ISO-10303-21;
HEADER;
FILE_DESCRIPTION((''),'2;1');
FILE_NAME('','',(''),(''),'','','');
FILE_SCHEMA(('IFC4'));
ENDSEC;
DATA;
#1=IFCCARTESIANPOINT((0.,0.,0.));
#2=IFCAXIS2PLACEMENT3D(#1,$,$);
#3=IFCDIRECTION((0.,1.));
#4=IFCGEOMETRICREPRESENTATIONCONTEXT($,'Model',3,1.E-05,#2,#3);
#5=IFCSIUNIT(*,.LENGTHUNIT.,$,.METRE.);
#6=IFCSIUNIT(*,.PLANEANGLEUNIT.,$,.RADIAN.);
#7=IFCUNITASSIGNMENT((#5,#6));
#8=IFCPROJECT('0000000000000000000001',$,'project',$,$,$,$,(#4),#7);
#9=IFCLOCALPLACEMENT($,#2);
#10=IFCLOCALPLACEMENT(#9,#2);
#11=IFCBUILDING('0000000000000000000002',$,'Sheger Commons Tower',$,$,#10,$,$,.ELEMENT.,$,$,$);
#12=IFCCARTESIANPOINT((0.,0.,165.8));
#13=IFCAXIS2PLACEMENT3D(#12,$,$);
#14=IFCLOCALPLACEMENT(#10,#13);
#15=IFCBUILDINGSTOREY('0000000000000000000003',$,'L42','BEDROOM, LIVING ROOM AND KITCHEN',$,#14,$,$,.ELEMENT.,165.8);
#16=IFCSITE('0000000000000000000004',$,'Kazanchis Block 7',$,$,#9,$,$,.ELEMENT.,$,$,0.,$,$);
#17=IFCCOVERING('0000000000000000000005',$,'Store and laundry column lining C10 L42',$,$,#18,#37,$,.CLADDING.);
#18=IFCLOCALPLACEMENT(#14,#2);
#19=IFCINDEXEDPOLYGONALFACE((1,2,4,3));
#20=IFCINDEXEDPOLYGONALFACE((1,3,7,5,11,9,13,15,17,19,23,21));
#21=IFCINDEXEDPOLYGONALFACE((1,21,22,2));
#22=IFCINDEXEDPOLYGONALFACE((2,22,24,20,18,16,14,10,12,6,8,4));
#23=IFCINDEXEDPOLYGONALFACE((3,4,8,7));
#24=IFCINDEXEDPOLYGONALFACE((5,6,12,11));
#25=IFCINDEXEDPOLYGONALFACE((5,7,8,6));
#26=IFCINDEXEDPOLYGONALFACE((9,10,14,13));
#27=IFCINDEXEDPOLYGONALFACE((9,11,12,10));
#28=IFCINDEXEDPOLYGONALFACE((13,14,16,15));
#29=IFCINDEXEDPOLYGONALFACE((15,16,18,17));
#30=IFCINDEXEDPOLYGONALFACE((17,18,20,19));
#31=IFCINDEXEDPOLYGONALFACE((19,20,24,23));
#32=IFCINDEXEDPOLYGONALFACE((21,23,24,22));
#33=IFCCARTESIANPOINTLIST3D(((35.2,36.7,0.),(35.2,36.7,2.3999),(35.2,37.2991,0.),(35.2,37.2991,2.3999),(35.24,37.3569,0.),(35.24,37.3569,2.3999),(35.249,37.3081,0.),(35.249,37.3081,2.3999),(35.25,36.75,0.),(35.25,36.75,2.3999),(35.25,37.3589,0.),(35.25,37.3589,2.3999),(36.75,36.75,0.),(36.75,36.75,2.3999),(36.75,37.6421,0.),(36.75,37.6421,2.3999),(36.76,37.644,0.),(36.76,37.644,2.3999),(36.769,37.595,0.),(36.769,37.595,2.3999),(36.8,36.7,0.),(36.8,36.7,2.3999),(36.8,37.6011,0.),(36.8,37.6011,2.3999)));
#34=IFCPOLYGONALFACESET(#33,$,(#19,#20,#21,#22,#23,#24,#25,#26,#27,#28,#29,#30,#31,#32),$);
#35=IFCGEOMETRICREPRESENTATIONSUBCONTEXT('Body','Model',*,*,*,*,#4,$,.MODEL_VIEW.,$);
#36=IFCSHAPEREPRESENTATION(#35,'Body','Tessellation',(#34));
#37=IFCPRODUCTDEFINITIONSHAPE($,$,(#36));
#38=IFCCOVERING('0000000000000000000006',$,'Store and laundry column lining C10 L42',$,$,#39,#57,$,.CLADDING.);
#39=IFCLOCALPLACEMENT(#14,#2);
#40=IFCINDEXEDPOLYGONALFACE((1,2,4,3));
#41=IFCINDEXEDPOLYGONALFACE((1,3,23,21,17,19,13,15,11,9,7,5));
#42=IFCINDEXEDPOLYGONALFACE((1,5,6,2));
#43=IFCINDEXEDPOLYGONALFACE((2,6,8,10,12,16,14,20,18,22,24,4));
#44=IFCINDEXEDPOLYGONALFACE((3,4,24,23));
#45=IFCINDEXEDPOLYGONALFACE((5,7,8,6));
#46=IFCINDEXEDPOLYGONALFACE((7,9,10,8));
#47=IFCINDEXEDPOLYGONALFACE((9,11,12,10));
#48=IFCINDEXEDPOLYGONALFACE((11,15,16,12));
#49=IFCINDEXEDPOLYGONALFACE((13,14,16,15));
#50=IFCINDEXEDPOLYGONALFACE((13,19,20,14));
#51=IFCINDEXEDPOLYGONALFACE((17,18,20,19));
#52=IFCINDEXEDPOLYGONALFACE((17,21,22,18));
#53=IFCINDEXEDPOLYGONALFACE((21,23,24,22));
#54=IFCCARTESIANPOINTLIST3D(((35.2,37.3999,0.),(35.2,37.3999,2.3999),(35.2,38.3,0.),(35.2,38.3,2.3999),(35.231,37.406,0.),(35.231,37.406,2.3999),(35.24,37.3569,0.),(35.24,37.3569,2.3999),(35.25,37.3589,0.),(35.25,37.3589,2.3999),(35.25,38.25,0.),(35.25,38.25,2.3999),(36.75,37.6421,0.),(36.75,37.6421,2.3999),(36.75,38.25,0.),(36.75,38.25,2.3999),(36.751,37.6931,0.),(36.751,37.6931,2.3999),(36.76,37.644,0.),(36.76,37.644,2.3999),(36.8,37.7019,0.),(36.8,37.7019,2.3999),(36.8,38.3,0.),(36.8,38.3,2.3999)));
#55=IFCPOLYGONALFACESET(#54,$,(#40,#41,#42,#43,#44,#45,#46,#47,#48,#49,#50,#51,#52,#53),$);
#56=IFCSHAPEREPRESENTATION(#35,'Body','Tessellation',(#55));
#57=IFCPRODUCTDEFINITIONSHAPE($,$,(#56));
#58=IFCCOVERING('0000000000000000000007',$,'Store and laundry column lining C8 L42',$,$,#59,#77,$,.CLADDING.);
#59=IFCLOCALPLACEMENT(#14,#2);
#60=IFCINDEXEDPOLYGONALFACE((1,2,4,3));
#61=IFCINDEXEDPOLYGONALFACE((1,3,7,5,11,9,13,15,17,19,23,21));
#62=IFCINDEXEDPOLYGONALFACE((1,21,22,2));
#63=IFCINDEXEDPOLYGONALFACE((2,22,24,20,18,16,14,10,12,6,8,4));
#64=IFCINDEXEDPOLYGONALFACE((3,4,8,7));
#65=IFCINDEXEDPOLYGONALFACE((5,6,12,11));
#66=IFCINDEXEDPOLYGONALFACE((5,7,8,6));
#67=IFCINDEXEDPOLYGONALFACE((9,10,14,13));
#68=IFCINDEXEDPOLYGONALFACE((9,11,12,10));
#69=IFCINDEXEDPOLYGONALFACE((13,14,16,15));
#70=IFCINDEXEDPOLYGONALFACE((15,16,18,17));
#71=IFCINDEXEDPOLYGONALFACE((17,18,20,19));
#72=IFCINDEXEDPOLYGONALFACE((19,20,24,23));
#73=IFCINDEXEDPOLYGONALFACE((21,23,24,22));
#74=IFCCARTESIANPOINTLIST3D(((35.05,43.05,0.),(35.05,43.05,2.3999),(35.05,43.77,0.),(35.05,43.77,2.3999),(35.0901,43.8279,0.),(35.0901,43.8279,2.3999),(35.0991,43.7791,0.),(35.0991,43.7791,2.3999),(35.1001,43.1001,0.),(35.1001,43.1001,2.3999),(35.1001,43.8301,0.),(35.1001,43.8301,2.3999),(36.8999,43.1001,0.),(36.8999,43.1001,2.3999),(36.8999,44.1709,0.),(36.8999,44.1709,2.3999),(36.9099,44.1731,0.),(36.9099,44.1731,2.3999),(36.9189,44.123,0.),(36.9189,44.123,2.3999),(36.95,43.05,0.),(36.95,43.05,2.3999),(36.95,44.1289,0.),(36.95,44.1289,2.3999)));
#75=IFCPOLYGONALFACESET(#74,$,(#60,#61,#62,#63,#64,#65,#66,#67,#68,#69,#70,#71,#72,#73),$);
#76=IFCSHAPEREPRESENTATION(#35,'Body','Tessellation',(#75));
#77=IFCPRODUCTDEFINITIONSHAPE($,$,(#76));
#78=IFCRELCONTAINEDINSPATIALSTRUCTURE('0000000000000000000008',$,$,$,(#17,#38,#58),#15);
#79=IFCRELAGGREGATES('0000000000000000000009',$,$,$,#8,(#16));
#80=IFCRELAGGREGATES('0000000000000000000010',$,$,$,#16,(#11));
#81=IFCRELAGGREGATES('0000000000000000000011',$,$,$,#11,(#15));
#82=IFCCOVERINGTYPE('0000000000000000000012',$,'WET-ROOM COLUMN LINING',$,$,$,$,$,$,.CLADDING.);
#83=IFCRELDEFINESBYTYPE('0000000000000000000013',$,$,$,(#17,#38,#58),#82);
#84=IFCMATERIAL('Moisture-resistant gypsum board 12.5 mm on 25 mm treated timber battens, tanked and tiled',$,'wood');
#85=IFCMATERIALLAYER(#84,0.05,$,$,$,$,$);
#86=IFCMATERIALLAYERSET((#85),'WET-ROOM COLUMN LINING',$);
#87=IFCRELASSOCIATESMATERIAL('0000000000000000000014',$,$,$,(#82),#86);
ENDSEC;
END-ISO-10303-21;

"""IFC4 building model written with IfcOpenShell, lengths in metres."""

from ifc_helpers import new_model, si_unit, direction, frame, origin, place, context, subcontext, project, spatial, polyline, outline, extrude, material, layer, layer_set, type_object, element, save


model = new_model("IFC4")

# Units and contexts
model_context = context("Model", 3, precision=1e-05, world=origin(), true_north=direction((0.0, 1.0)))
body_context = subcontext(model_context, "Body", "Model", "MODEL_VIEW")
ifc_project = project(units=[si_unit("LENGTHUNIT", "METRE"), si_unit("PLANEANGLEUNIT", "RADIAN")], contexts=[model_context])

# Site, building, storey
site_placement = place(None, origin())
site = spatial("IfcSite", under=ifc_project, at=site_placement, Name="Kazanchis Block 7", CompositionType="ELEMENT", RefElevation=0.0)
building_placement = place(site_placement, origin())
building = spatial("IfcBuilding", under=site, at=building_placement, Name="Sheger Commons Tower", CompositionType="ELEMENT")
storey_placement = place(building_placement, frame((0.0, 0.0, 165.8)))
storey = spatial("IfcBuildingStorey", under=building, at=storey_placement, Name="L42", Description="BEDROOM, LIVING ROOM AND KITCHEN", CompositionType="ELEMENT", Elevation=165.8)

# Coverings
ifc_material_1 = material(Name="Moisture-resistant gypsum board 12.5 mm on 25 mm treated timber battens, tanked and tiled", Category="wood")
ifc_layer_1 = layer(ifc_material_1, 0.05)
ifc_layer_set_1 = layer_set([ifc_layer_1], Name="WET-ROOM COLUMN LINING")
covering_type_1 = type_object("IfcCoveringType", Name="WET-ROOM COLUMN LINING", PredefinedType="CLADDING", material=ifc_layer_set_1)
covering_1_placement = place(storey_placement, origin())
element("IfcCovering", 1, at=covering_1_placement, inside=storey, type_object=covering_type_1, Name="Store and laundry column lining C10 L42", PredefinedType="CLADDING", context=body_context, shape_type="SweptSolid", body=[
    extrude(outline(polyline([(35.25, 37.3589), (35.25, 36.75), (36.75, 36.75), (36.75, 37.6421), (36.76, 37.644), (36.769, 37.595), (36.8, 37.6011), (36.8, 36.7), (35.2, 36.7), (35.2, 37.2991), (35.249, 37.3081), (35.24, 37.3569), (35.25, 37.3589)])), origin(), (0.0, 0.0, 1.0), 2.3999),
])
covering_2_placement = place(storey_placement, origin())
element("IfcCovering", 2, at=covering_2_placement, inside=storey, type_object=covering_type_1, Name="Store and laundry column lining C10 L42", PredefinedType="CLADDING", context=body_context, shape_type="SweptSolid", body=[
    extrude(outline(polyline([(36.8, 38.3), (36.8, 37.7019), (36.751, 37.6931), (36.76, 37.644), (36.75, 37.6421), (36.75, 38.25), (35.25, 38.25), (35.25, 37.3589), (35.24, 37.3569), (35.231, 37.406), (35.2, 37.3999), (35.2, 38.3), (36.8, 38.3)])), origin(), (0.0, 0.0, 1.0), 2.3999),
])
covering_3_placement = place(storey_placement, origin())
element("IfcCovering", 3, at=covering_3_placement, inside=storey, type_object=covering_type_1, Name="Store and laundry column lining C8 L42", PredefinedType="CLADDING", context=body_context, shape_type="SweptSolid", body=[
    extrude(outline(polyline([(35.1001, 43.8301), (35.1001, 43.1001), (36.8999, 43.1001), (36.8999, 44.1709), (36.9099, 44.1731), (36.9189, 44.123), (36.95, 44.1289), (36.95, 43.05), (35.05, 43.05), (35.05, 43.77), (35.0991, 43.7791), (35.0901, 43.8279), (35.1001, 43.8301)])), origin(), (0.0, 0.0, 1.0), 2.3999),
])

save(model, "model.ifc")
